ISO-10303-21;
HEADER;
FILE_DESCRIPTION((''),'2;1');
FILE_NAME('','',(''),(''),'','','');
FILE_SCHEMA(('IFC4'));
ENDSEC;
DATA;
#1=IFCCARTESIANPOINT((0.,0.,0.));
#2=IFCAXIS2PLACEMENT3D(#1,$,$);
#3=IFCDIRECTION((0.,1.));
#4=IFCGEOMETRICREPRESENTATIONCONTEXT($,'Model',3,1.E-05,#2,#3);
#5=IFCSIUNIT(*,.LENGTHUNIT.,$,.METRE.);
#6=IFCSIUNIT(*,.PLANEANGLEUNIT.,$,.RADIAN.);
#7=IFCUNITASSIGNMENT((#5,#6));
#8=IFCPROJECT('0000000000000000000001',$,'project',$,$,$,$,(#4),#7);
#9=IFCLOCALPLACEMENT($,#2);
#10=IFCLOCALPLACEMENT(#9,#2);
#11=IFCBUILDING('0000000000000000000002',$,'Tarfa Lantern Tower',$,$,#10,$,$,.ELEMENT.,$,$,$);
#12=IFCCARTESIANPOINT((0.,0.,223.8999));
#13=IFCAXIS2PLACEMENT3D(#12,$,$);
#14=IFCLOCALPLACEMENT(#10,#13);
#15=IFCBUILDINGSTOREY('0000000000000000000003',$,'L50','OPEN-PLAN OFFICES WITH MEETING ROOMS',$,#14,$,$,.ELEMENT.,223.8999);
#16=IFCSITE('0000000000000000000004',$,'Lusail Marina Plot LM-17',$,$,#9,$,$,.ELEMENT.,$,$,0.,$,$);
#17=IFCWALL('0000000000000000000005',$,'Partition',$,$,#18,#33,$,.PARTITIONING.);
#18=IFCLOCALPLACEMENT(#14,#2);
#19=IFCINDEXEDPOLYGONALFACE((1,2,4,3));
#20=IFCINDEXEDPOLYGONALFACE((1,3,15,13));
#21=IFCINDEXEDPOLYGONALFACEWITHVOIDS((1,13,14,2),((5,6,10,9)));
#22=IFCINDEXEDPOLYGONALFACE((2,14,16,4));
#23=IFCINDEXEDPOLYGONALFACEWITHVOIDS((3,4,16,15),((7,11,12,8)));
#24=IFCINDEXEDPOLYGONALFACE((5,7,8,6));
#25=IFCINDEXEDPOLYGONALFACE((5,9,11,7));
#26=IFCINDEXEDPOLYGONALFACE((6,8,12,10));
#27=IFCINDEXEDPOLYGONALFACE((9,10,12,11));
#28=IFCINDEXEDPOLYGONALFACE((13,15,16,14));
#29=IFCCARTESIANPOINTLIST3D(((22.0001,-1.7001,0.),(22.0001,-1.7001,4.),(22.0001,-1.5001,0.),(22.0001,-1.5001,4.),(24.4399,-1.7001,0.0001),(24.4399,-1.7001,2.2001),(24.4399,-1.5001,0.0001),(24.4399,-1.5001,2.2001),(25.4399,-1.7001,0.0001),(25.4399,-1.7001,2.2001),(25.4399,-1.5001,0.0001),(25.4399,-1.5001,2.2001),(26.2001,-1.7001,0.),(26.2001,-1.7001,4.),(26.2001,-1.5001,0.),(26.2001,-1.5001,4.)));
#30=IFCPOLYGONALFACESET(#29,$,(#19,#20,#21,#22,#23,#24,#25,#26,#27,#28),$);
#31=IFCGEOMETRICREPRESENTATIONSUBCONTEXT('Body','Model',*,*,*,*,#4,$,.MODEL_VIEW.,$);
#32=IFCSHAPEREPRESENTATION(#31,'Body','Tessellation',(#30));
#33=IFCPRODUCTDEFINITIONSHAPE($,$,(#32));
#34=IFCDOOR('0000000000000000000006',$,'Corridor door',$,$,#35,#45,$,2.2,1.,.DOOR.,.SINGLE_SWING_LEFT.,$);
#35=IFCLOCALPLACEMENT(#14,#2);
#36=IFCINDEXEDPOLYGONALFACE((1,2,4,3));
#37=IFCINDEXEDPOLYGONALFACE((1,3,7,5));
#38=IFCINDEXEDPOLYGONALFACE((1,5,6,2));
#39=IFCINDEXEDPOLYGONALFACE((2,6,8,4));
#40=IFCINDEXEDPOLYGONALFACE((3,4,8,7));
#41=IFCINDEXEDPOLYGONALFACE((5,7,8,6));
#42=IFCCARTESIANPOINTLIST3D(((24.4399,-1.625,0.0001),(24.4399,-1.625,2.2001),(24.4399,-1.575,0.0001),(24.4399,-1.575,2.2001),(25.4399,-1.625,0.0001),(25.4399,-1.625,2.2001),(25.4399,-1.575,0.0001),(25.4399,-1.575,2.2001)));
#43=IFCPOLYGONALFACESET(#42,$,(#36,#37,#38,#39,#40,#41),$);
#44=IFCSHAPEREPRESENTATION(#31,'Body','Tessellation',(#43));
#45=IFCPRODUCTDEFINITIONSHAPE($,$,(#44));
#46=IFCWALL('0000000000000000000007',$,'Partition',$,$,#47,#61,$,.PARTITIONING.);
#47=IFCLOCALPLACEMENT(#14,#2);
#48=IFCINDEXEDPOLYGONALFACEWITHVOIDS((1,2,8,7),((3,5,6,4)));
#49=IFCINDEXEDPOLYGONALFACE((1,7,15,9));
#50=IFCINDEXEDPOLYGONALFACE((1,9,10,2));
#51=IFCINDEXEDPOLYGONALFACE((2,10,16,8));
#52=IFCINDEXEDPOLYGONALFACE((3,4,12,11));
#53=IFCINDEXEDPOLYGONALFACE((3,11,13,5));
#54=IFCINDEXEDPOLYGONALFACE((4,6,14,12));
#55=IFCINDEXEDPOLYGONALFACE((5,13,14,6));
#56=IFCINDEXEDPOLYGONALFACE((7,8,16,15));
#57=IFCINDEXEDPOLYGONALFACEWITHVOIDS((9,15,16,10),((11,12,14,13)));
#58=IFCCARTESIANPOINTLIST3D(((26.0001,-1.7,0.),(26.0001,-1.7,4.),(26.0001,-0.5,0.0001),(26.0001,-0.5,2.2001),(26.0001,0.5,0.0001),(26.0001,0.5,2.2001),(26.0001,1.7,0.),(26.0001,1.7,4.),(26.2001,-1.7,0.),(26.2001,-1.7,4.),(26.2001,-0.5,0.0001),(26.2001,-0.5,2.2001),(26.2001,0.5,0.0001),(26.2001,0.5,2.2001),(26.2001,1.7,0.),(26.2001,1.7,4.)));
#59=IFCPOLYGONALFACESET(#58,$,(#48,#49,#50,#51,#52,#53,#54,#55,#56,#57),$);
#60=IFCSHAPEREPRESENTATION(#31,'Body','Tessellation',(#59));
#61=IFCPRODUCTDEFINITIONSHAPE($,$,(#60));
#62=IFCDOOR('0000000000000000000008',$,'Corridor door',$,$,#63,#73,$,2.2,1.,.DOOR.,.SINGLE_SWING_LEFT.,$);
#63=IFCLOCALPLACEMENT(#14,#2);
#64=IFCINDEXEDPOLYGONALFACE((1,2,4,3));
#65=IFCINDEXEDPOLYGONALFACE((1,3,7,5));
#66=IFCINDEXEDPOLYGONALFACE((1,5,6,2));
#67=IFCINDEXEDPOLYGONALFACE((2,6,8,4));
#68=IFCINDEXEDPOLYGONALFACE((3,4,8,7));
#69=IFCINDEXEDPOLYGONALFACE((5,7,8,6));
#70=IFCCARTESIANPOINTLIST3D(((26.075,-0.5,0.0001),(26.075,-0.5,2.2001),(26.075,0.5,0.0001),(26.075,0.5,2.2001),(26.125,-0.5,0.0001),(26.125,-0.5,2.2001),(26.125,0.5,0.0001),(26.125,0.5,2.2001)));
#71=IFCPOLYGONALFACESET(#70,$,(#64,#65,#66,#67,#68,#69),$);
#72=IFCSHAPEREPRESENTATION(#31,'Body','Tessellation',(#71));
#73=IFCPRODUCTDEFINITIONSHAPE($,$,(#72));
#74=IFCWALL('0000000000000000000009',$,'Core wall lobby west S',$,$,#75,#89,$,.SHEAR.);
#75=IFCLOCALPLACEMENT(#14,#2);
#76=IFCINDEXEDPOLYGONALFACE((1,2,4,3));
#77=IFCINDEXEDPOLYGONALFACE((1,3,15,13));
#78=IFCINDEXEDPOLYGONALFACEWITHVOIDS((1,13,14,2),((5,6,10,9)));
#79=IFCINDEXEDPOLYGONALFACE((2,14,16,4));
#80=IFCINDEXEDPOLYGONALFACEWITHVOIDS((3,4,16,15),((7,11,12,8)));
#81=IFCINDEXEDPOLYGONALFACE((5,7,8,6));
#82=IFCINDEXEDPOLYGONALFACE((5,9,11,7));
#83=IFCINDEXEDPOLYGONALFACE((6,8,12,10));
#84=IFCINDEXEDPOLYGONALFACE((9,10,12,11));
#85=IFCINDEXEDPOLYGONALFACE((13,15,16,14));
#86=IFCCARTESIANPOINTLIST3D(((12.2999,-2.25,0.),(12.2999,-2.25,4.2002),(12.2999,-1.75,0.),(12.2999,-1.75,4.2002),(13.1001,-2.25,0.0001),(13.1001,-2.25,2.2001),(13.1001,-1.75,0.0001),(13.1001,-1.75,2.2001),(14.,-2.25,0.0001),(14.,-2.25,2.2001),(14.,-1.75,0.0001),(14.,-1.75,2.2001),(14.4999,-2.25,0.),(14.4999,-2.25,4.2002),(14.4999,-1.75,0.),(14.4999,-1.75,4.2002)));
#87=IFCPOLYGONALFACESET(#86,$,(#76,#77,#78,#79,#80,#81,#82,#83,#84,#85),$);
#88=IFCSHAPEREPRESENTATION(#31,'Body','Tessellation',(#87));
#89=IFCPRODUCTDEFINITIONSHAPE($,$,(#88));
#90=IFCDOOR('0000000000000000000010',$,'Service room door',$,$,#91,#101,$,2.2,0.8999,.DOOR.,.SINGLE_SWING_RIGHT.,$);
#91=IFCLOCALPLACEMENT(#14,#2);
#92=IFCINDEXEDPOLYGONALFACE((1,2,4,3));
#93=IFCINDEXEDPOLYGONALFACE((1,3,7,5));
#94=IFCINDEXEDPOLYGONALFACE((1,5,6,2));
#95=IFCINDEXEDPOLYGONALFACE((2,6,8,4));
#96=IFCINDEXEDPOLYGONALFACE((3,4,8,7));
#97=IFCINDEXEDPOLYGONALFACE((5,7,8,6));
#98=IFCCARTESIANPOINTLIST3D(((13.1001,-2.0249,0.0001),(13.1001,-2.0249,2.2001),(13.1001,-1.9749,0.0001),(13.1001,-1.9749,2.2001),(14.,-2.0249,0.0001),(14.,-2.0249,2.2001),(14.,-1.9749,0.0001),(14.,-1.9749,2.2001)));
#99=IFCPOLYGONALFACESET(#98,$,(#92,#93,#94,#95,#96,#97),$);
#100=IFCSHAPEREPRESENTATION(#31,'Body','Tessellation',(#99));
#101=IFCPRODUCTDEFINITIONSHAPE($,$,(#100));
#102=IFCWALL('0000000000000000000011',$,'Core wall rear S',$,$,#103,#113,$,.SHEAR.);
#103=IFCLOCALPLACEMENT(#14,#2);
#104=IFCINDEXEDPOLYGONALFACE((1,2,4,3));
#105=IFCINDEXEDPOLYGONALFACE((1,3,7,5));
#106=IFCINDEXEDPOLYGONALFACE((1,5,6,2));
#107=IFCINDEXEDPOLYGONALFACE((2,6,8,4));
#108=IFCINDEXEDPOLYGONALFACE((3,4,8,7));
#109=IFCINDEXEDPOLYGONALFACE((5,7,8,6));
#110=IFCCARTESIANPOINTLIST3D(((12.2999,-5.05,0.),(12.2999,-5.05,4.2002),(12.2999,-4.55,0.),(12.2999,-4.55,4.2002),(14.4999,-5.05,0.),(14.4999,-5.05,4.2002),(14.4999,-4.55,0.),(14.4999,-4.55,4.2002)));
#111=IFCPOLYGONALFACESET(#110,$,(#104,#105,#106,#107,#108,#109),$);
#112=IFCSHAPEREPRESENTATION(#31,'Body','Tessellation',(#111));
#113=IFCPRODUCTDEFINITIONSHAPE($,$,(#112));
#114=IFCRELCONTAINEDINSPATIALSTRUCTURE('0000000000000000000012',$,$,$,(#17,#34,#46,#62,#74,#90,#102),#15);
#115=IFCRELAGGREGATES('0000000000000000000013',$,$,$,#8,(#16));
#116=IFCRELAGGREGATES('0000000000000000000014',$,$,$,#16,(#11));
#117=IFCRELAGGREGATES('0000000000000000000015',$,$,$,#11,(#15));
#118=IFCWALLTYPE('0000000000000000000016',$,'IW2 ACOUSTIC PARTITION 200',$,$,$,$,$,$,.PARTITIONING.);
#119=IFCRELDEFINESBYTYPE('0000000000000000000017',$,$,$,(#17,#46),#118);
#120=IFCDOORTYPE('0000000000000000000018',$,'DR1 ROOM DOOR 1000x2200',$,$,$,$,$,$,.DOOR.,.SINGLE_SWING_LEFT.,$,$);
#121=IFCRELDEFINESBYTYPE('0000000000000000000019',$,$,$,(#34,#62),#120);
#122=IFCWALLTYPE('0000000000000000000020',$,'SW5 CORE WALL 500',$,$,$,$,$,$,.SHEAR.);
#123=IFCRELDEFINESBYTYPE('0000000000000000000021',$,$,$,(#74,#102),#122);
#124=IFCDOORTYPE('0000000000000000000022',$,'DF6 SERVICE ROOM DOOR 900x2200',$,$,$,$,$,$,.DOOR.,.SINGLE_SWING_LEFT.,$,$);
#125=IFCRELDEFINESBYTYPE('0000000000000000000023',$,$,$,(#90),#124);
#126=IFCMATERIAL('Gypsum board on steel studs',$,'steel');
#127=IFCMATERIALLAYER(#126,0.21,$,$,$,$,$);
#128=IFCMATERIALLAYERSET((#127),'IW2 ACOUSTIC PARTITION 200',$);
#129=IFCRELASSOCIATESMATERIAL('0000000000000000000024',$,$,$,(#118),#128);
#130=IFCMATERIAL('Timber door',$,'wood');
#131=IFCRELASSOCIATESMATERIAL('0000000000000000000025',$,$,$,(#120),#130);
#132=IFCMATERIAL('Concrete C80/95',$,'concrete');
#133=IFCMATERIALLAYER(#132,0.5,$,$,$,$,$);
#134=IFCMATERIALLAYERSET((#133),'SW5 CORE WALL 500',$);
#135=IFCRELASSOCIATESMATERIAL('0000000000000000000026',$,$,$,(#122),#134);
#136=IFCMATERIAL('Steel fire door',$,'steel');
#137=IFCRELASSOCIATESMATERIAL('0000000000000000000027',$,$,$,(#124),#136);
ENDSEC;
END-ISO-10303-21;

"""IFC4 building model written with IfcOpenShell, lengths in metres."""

from ifc_helpers import new_model, si_unit, direction, frame, frame_2d, origin, place, context, subcontext, project, spatial, rectangle, extrude, material, layer, layer_set, type_object, element, fill, save


model = new_model("IFC4")

# Units and contexts
model_context = context("Model", 3, precision=1e-05, world=origin(), true_north=direction((0.0, 1.0)))
body_context = subcontext(model_context, "Body", "Model", "MODEL_VIEW")
ifc_project = project(units=[si_unit("LENGTHUNIT", "METRE"), si_unit("PLANEANGLEUNIT", "RADIAN")], contexts=[model_context])

# Site, building, storey
site_placement = place(None, origin())
site = spatial("IfcSite", under=ifc_project, at=site_placement, Name="Lusail Marina Plot LM-17", CompositionType="ELEMENT", RefElevation=0.0)
building_placement = place(site_placement, origin())
building = spatial("IfcBuilding", under=site, at=building_placement, Name="Tarfa Lantern Tower", CompositionType="ELEMENT")
storey_placement = place(building_placement, frame((0.0, 0.0, 223.8999)))
storey = spatial("IfcBuildingStorey", under=building, at=storey_placement, Name="L50", Description="OPEN-PLAN OFFICES WITH MEETING ROOMS", CompositionType="ELEMENT", Elevation=223.8999)

# Shared definitions
ifc_material_1 = material(Name="Concrete C80/95", Category="concrete")

# Shared definitions
ifc_material_2 = material(Name="Gypsum board on steel studs", Category="steel")
ifc_layer_1 = layer(ifc_material_2, 0.21)
ifc_layer_set_1 = layer_set([ifc_layer_1], Name="IW2 ACOUSTIC PARTITION 200")
wall_type_1 = type_object("IfcWallType", Name="IW2 ACOUSTIC PARTITION 200", PredefinedType="PARTITIONING", material=ifc_layer_set_1)

# Shared definitions
ifc_material_3 = material(Name="Timber door", Category="wood")
door_type_1 = type_object("IfcDoorType", Name="DR1 ROOM DOOR 1000x2200", OperationType="SINGLE_SWING_LEFT", PredefinedType="DOOR", material=ifc_material_3)

# Walls, openings, doors
wall_1_placement = place(storey_placement, frame((22.0, -1.6001, 0.0), z_axis=(0.0, 0.0, 1.0), x_axis=(1.0, 0.0, 0.0)))
wall_1 = element("IfcWall", 1, at=wall_1_placement, inside=storey, type_object=wall_type_1, Name="Partition", PredefinedType="PARTITIONING", context=body_context, shape_type="SweptSolid", body=[
    extrude(rectangle(XDim=4.2, YDim=0.2, at=frame_2d((2.1001, 0.0))), origin(), (0.0, 0.0, 1.0), 4.0),
])
opening_1_placement = place(wall_1_placement, frame((2.4399, 0.0, 0.0)))
opening_1 = element("IfcOpeningElement", 2, at=opening_1_placement, cuts=wall_1, PredefinedType="OPENING", context=body_context, shape_type="SweptSolid", body=[
    extrude(rectangle(XDim=1.0, YDim=2.2, at=frame_2d((0.5, 1.1001))), frame((0.0, 0.1099, 0.0), z_axis=(0.0, -1.0, 0.0), x_axis=(1.0, 0.0, 0.0)), (0.0, 0.0, 1.0), 0.22),
])
door_1_placement = place(opening_1_placement, frame((1.0, 0.0, 0.0), z_axis=(0.0, 0.0, 1.0), x_axis=(-1.0, 0.0, 0.0)))
door_1 = element("IfcDoor", 3, at=door_1_placement, inside=storey, type_object=door_type_1, Name="Corridor door", OperationType="SINGLE_SWING_LEFT", OverallHeight=2.2, OverallWidth=1.0, PredefinedType="DOOR", context=body_context, shape_type="SweptSolid", body=[
    extrude(rectangle(XDim=1.0, YDim=2.2, at=frame_2d((0.5, 1.1001))), frame((0.0, 0.0249, 0.0), z_axis=(0.0, -1.0, 0.0), x_axis=(1.0, 0.0, 0.0)), (0.0, 0.0, 1.0), 0.05),
])
fill(opening_1, door_1)
wall_2_placement = place(storey_placement, frame((26.1001, -1.7, 0.0), z_axis=(0.0, 0.0, 1.0), x_axis=(0.0, 1.0, 0.0)))
wall_2 = element("IfcWall", 4, at=wall_2_placement, inside=storey, type_object=wall_type_1, Name="Partition", PredefinedType="PARTITIONING", context=body_context, shape_type="SweptSolid", body=[
    extrude(rectangle(XDim=3.3999, YDim=0.2, at=frame_2d((1.7, 0.0))), origin(), (0.0, 0.0, 1.0), 4.0),
])
opening_2_placement = place(wall_2_placement, frame((1.2, 0.0, 0.0)))
opening_2 = element("IfcOpeningElement", 5, at=opening_2_placement, cuts=wall_2, PredefinedType="OPENING", context=body_context, shape_type="SweptSolid", body=[
    extrude(rectangle(XDim=1.0, YDim=2.2, at=frame_2d((0.5, 1.1001))), frame((0.0, 0.1099, 0.0), z_axis=(0.0, -1.0, 0.0), x_axis=(1.0, 0.0, 0.0)), (0.0, 0.0, 1.0), 0.22),
])
door_2_placement = place(opening_2_placement, frame((1.0, 0.0, 0.0), z_axis=(0.0, 0.0, 1.0), x_axis=(-1.0, 0.0, 0.0)))
door_2 = element("IfcDoor", 6, at=door_2_placement, inside=storey, type_object=door_type_1, Name="Corridor door", OperationType="SINGLE_SWING_LEFT", OverallHeight=2.2, OverallWidth=1.0, PredefinedType="DOOR", context=body_context, shape_type="SweptSolid", body=[
    extrude(rectangle(XDim=1.0, YDim=2.2, at=frame_2d((0.5, 1.1001))), frame((0.0, 0.0249, 0.0), z_axis=(0.0, -1.0, 0.0), x_axis=(1.0, 0.0, 0.0)), (0.0, 0.0, 1.0), 0.05),
])
fill(opening_2, door_2)
ifc_material_4 = material(Name="Steel fire door", Category="steel")
ifc_layer_2 = layer(ifc_material_1, 0.5)
ifc_layer_set_2 = layer_set([ifc_layer_2], Name="SW5 CORE WALL 500")
wall_type_2 = type_object("IfcWallType", Name="SW5 CORE WALL 500", PredefinedType="SHEAR", material=ifc_layer_set_2)
wall_3_placement = place(storey_placement, frame((14.5, -2.0, 0.0), z_axis=(0.0, 0.0, 1.0), x_axis=(-1.0, 0.0, 0.0)))
wall_3 = element("IfcWall", 7, at=wall_3_placement, inside=storey, type_object=wall_type_2, Name="Core wall lobby west S", PredefinedType="SHEAR", context=body_context, shape_type="SweptSolid", body=[
    extrude(rectangle(XDim=2.2, YDim=0.5, at=frame_2d((1.1001, 0.0))), origin(), (0.0, 0.0, 1.0), 4.2002),
])
opening_3_placement = place(wall_3_placement, frame((0.5, 0.0, 0.0)))
opening_3 = element("IfcOpeningElement", 8, at=opening_3_placement, cuts=wall_3, PredefinedType="OPENING", context=body_context, shape_type="SweptSolid", body=[
    extrude(rectangle(XDim=0.8999, YDim=2.2, at=frame_2d((0.45, 1.1001))), frame((0.0, 0.26, 0.0), z_axis=(0.0, -1.0, 0.0), x_axis=(1.0, 0.0, 0.0)), (0.0, 0.0, 1.0), 0.52),
])
door_type_2 = type_object("IfcDoorType", Name="DF6 SERVICE ROOM DOOR 900x2200", OperationType="SINGLE_SWING_LEFT", PredefinedType="DOOR", material=ifc_material_4)
door_3_placement = place(opening_3_placement, origin())
door_3 = element("IfcDoor", 9, at=door_3_placement, inside=storey, type_object=door_type_2, Name="Service room door", OperationType="SINGLE_SWING_RIGHT", OverallHeight=2.2, OverallWidth=0.8999, PredefinedType="DOOR", context=body_context, shape_type="SweptSolid", body=[
    extrude(rectangle(XDim=0.8999, YDim=2.2, at=frame_2d((0.45, 1.1001))), frame((0.0, 0.0249, 0.0), z_axis=(0.0, -1.0, 0.0), x_axis=(1.0, 0.0, 0.0)), (0.0, 0.0, 1.0), 0.05),
])
fill(opening_3, door_3)

# Wall
wall_4_placement = place(storey_placement, frame((14.5, -4.8, 0.0), z_axis=(0.0, 0.0, 1.0), x_axis=(-1.0, 0.0, 0.0)))
element("IfcWall", 10, at=wall_4_placement, inside=storey, type_object=wall_type_2, Name="Core wall rear S", PredefinedType="SHEAR", context=body_context, shape_type="SweptSolid", body=[
    extrude(rectangle(XDim=2.2, YDim=0.5, at=frame_2d((1.1001, 0.0))), origin(), (0.0, 0.0, 1.0), 4.2002),
])

save(model, "model.ifc")
